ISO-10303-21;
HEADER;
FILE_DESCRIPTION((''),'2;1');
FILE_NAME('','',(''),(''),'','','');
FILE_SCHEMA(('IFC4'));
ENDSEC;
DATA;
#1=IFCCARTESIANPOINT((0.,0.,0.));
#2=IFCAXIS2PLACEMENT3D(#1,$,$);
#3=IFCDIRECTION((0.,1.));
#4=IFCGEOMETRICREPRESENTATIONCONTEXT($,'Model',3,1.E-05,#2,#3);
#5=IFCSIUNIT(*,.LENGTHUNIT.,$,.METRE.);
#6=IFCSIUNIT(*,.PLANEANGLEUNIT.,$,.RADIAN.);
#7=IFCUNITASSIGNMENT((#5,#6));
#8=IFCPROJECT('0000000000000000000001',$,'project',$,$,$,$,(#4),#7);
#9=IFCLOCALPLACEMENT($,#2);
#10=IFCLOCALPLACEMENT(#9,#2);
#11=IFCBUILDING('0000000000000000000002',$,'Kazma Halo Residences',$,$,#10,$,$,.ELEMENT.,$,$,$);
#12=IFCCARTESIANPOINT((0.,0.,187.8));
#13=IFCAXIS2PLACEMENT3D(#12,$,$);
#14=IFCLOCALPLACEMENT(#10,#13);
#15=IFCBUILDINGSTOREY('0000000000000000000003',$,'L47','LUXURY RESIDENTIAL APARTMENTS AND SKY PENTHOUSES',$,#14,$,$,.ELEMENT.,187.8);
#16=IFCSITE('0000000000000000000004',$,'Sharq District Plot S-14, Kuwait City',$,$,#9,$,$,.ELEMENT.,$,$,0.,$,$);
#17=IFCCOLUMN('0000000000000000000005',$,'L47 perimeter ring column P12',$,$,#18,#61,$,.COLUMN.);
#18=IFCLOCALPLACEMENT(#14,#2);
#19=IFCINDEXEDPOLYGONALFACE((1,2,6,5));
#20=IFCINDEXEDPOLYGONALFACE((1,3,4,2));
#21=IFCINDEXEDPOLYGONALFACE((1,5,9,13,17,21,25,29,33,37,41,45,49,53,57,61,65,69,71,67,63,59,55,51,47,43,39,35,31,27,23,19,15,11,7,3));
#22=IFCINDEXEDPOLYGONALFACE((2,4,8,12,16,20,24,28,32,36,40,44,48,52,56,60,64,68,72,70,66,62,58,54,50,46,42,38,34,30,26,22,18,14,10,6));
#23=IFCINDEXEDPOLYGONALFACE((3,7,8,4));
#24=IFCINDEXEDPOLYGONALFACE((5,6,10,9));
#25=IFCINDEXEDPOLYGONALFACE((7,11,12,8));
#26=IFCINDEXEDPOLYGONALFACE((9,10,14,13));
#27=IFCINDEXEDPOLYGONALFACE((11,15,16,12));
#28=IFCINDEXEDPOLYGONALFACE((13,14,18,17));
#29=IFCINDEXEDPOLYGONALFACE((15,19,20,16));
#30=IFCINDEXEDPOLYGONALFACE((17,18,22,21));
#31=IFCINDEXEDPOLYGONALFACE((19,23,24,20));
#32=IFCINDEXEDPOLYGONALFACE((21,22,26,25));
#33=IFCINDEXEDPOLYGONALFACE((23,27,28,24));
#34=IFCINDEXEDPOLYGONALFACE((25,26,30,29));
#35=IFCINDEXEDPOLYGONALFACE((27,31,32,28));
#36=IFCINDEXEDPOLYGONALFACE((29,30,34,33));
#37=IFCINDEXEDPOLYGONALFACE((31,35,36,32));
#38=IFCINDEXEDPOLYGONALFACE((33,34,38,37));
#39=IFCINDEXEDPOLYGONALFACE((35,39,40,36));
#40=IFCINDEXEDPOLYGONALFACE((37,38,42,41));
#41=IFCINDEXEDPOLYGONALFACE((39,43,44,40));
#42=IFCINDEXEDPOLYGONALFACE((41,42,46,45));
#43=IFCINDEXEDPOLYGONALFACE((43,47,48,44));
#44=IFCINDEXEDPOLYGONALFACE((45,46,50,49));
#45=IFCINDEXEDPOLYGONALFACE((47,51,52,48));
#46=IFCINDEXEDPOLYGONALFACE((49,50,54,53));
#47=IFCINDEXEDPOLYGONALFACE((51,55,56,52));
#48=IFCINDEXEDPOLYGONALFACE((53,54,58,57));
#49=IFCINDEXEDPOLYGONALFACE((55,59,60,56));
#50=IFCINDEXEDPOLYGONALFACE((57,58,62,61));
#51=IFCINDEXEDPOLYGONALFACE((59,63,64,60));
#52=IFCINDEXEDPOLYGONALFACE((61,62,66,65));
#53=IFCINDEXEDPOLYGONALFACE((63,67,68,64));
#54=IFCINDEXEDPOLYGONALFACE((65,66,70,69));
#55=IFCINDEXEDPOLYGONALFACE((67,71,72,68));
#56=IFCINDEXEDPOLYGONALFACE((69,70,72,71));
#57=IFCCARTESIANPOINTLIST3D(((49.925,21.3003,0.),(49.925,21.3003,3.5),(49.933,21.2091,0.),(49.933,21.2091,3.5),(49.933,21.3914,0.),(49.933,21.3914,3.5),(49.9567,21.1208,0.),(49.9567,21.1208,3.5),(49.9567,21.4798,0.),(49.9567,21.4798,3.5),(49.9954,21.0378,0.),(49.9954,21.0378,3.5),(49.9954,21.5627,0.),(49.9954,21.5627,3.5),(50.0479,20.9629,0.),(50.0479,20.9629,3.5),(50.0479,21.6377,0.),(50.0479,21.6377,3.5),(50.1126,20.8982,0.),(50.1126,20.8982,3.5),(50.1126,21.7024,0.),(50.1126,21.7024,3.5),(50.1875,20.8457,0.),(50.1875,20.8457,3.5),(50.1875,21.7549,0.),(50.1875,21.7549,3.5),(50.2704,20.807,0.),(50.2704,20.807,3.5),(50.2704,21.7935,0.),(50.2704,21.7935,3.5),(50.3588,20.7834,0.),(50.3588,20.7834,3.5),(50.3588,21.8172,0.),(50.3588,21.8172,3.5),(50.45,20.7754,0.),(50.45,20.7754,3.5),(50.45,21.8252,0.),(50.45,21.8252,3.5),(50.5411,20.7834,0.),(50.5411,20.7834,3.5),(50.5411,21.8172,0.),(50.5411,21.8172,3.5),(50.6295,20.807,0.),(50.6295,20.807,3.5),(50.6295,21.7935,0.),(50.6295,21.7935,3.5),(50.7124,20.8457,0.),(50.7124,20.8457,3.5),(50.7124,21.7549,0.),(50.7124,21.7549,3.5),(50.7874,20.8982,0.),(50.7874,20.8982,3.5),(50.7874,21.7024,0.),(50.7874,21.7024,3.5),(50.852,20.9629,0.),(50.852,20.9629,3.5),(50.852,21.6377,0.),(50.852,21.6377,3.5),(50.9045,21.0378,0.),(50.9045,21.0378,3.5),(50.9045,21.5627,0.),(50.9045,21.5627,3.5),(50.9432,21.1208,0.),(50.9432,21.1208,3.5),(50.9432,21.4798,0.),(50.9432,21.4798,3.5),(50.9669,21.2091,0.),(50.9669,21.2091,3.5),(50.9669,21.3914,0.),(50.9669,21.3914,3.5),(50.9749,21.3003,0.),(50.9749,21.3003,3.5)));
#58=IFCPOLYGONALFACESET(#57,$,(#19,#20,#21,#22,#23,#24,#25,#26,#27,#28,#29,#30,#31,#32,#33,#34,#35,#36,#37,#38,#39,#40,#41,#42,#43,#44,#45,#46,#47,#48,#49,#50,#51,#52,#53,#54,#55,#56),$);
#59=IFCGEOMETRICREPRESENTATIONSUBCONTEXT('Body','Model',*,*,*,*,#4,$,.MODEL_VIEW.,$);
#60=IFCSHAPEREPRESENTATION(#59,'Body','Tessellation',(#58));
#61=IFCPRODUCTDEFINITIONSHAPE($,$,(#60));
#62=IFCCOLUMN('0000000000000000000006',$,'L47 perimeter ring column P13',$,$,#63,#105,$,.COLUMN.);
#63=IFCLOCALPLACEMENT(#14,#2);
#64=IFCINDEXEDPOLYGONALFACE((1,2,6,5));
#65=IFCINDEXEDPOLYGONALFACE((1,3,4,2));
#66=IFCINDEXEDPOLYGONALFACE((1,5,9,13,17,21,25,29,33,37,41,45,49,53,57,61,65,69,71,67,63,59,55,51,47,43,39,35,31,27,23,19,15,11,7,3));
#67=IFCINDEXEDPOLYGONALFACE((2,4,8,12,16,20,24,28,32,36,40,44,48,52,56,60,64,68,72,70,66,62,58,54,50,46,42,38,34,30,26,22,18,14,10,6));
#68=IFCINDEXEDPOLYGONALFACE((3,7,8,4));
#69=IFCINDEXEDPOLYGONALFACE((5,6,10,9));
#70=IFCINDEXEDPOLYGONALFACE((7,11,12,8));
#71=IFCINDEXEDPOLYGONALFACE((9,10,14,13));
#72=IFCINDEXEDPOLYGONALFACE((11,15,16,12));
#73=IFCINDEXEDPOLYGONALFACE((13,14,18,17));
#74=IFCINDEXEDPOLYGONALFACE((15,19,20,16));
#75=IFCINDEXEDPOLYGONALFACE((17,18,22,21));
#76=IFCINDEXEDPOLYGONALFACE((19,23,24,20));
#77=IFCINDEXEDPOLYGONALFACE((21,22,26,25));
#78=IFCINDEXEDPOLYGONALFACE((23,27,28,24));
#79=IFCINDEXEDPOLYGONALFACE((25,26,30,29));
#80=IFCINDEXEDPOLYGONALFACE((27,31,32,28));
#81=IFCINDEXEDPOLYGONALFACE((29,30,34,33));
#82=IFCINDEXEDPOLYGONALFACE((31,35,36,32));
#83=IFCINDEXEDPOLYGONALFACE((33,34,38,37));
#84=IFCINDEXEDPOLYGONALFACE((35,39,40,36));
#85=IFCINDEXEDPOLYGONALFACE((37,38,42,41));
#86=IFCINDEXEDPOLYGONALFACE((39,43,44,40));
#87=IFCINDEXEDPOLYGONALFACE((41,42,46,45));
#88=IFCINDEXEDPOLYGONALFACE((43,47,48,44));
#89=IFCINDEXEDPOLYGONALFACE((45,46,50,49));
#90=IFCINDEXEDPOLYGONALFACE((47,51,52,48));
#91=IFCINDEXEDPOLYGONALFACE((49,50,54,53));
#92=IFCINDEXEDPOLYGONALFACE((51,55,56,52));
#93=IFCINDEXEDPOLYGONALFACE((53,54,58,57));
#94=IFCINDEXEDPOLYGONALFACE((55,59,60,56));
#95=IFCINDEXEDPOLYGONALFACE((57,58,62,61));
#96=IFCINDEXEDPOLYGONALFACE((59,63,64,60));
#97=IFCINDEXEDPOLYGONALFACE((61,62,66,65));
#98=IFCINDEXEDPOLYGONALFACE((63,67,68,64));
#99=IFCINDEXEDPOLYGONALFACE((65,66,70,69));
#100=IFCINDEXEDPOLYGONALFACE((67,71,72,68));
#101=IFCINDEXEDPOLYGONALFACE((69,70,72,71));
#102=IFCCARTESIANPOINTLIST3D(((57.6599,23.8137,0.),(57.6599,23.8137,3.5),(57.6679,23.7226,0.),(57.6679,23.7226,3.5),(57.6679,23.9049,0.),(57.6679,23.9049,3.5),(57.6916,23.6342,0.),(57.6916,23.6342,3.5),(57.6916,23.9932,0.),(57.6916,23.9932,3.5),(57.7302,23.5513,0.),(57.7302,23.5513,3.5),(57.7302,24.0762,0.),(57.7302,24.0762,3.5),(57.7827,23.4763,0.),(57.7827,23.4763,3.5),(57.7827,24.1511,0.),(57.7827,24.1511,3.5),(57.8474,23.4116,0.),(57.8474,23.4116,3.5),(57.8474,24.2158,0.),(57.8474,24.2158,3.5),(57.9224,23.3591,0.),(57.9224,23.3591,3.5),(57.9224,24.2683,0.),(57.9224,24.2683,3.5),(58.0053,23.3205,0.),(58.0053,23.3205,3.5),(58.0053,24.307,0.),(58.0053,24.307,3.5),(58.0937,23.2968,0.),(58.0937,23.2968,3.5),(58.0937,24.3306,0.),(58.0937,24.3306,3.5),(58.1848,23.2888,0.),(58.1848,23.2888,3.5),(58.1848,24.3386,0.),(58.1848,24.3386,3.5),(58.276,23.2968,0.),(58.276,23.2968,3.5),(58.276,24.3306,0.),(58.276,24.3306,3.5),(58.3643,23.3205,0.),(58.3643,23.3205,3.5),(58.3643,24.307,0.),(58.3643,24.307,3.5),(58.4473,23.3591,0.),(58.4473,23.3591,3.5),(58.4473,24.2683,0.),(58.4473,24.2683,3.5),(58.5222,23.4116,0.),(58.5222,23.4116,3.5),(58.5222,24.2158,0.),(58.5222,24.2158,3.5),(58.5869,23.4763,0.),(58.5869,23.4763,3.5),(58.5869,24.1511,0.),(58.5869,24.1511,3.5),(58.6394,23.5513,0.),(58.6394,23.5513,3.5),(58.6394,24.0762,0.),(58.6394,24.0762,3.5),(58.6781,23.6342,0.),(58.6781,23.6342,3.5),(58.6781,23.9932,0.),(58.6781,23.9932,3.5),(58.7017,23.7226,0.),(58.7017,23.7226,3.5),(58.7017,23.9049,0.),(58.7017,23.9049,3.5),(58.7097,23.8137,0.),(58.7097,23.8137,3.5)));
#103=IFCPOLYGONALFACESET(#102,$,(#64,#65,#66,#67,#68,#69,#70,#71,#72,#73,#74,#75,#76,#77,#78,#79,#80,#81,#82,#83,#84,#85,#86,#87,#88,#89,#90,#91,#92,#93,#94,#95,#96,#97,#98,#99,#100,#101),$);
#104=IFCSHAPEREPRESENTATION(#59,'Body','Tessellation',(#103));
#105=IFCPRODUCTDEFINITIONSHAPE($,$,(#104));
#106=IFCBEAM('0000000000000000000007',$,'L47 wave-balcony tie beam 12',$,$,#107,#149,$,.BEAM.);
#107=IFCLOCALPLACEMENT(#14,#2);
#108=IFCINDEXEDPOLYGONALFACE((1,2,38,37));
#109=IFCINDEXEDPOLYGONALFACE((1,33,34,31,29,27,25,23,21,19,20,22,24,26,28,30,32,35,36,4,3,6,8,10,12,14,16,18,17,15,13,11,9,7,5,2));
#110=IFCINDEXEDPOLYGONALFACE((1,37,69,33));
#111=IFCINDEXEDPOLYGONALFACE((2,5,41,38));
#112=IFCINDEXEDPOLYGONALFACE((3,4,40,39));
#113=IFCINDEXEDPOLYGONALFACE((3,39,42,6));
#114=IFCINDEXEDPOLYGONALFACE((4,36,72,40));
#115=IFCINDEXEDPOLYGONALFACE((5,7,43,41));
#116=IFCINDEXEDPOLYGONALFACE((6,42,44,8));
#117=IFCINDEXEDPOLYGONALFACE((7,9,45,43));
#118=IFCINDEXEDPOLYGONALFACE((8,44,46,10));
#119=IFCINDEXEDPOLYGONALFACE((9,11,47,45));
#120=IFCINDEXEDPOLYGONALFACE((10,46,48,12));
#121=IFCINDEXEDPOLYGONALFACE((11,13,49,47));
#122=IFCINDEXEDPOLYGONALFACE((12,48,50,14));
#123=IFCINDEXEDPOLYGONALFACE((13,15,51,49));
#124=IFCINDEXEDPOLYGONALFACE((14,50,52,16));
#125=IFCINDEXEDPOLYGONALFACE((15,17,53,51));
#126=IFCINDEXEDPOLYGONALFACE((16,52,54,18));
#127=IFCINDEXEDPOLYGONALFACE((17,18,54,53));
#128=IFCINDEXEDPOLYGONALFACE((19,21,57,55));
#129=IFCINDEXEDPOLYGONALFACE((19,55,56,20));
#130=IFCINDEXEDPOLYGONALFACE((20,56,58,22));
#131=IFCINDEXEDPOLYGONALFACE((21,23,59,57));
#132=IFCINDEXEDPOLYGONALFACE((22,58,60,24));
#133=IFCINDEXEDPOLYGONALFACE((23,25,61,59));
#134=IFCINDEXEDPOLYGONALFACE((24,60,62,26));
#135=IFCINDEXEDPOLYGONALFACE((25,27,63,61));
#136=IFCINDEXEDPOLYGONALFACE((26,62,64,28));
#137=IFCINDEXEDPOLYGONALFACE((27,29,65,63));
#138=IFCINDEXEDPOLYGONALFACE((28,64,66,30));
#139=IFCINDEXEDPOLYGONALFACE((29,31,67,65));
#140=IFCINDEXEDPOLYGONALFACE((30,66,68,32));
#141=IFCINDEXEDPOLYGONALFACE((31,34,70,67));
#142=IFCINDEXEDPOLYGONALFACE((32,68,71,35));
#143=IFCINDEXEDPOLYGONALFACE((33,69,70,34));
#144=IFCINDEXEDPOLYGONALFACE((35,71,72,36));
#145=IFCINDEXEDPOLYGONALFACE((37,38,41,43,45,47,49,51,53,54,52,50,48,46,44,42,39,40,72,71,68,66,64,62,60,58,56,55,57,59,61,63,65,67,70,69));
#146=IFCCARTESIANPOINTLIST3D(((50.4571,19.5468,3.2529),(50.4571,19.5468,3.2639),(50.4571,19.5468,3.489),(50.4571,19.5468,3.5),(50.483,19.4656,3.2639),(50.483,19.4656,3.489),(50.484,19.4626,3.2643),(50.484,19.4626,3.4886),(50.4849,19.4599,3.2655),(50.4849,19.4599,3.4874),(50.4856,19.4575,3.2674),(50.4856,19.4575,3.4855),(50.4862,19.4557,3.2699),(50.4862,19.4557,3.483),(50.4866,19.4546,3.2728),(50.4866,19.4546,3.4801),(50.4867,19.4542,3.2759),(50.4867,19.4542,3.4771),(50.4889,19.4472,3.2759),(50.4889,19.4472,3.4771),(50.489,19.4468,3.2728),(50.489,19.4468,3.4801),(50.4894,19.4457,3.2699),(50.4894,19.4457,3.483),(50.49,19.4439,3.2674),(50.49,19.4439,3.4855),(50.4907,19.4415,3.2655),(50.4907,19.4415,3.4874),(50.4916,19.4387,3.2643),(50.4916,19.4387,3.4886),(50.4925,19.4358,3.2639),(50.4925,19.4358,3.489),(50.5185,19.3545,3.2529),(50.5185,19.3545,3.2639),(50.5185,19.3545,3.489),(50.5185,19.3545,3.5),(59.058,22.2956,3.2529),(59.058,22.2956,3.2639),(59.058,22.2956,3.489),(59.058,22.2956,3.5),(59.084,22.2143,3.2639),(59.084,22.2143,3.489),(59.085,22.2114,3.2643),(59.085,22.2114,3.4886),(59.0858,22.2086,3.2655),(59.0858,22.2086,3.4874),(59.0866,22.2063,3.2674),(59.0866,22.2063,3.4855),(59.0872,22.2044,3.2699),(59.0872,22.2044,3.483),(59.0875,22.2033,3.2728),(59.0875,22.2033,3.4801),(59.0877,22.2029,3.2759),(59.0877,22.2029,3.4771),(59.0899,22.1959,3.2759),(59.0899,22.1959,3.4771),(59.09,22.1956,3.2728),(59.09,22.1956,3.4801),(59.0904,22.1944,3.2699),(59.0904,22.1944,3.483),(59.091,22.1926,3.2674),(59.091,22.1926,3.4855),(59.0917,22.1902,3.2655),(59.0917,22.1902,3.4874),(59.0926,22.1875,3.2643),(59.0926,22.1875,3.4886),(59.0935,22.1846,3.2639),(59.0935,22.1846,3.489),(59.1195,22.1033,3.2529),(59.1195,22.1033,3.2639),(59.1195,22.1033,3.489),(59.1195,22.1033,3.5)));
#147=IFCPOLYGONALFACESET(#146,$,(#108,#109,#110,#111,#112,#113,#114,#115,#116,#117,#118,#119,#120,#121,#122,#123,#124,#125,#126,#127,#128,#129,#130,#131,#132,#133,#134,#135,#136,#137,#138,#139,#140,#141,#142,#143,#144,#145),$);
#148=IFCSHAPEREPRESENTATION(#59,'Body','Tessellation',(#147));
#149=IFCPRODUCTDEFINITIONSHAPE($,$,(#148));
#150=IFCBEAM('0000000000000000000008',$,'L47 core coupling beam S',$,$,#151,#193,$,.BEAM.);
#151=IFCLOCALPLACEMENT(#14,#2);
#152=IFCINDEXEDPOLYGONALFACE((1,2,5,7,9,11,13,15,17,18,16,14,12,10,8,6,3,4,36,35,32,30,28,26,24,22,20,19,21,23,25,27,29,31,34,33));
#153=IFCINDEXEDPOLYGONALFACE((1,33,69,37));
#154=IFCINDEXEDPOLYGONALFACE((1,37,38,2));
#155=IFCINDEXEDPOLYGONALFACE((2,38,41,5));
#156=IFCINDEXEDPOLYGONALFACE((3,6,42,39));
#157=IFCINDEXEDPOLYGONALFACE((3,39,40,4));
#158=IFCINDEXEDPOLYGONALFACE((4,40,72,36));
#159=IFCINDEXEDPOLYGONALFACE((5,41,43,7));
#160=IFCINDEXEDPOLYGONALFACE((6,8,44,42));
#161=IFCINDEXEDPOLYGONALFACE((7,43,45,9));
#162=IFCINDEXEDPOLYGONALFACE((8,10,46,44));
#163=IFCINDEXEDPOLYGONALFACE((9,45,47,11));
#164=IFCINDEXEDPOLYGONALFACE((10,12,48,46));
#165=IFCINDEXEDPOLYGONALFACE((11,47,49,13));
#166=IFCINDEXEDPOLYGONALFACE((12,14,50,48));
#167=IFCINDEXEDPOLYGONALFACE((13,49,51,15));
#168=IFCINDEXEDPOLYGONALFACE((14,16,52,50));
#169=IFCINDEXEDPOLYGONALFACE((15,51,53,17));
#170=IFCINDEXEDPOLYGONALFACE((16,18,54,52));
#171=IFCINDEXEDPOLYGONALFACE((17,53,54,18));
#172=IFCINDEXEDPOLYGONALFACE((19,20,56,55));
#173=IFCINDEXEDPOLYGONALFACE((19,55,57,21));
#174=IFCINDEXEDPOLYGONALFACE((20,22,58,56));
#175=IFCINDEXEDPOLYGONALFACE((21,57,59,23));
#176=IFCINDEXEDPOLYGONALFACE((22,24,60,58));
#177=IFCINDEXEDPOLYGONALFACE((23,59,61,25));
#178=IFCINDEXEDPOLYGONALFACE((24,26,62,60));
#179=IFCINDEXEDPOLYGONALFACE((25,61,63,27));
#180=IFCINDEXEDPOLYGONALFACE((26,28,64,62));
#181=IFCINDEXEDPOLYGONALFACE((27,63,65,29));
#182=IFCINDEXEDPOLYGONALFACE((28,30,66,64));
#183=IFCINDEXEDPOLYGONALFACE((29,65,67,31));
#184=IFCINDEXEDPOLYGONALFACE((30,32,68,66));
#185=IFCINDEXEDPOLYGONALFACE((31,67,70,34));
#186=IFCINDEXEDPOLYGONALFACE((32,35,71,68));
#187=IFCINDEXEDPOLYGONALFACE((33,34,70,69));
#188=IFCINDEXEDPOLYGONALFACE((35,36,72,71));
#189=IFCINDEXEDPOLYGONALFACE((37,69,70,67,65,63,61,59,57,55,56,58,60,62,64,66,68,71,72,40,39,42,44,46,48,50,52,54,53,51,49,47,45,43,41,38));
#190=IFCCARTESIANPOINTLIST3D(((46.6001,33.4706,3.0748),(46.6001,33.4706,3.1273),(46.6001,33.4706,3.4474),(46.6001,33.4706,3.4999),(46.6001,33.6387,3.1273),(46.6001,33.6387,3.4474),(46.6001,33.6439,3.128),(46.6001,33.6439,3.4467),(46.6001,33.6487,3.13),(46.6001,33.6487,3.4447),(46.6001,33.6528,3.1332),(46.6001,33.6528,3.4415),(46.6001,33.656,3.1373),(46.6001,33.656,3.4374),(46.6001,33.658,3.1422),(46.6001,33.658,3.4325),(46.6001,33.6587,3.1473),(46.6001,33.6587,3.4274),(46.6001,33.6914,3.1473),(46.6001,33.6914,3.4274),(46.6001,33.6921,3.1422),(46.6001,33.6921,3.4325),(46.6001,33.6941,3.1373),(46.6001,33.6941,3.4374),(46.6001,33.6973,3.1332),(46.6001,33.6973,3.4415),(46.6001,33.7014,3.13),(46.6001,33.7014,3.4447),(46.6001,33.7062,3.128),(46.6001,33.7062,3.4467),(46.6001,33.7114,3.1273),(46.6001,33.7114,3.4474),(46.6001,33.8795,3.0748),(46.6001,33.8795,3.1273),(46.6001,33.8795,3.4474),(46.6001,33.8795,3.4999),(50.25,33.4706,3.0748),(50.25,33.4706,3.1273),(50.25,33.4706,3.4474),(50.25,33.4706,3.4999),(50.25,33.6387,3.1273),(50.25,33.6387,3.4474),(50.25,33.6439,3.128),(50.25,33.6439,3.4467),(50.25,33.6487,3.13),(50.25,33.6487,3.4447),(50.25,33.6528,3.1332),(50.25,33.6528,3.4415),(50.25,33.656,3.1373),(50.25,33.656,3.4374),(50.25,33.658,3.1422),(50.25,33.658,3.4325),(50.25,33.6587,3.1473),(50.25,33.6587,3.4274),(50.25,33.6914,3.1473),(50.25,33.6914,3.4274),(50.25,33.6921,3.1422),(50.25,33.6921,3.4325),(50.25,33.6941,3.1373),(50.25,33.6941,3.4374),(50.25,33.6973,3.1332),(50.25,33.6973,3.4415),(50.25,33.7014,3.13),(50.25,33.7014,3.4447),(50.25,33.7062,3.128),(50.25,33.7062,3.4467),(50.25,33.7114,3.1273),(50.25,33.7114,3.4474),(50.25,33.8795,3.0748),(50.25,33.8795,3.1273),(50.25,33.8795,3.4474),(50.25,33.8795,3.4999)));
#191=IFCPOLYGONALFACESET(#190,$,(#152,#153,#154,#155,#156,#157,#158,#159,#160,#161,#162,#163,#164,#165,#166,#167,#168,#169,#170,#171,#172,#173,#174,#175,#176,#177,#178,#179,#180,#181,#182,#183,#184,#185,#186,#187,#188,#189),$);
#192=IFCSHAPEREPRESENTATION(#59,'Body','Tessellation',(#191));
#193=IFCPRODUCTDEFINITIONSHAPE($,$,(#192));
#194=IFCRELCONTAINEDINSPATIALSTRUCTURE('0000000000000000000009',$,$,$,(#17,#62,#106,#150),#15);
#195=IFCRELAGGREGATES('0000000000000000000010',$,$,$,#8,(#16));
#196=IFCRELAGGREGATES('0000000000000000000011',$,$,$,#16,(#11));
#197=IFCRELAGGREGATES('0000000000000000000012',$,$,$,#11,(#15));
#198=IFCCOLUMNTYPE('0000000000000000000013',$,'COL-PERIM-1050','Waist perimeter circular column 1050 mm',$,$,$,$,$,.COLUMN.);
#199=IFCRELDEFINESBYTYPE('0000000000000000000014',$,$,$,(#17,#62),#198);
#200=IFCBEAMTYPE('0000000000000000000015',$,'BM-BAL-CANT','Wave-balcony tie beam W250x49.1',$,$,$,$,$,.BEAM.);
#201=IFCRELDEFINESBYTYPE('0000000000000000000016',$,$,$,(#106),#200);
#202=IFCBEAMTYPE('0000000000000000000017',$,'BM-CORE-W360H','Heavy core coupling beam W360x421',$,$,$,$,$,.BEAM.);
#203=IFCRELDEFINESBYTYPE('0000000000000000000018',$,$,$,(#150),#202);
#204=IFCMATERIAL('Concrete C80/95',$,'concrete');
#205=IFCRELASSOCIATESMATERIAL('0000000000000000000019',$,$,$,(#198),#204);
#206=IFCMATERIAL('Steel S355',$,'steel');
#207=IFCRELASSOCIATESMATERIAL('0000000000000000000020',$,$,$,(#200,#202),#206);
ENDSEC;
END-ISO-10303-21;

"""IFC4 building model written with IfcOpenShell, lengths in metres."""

from ifc_helpers import new_model, si_unit, direction, frame, origin, origin_2d, place, context, subcontext, project, spatial, circle, i_section, extrude, material, material_profile, profile_set, type_object, element, save


model = new_model("IFC4")

# Units and contexts
model_context = context("Model", 3, precision=1e-05, world=origin(), true_north=direction((0.0, 1.0)))
body_context = subcontext(model_context, "Body", "Model", "MODEL_VIEW")
ifc_project = project(units=[si_unit("LENGTHUNIT", "METRE"), si_unit("PLANEANGLEUNIT", "RADIAN")], contexts=[model_context])

# Site, building, storey
site_placement = place(None, origin())
site = spatial("IfcSite", under=ifc_project, at=site_placement, Name="Sharq District Plot S-14, Kuwait City", CompositionType="ELEMENT", RefElevation=0.0)
building_placement = place(site_placement, origin())
building = spatial("IfcBuilding", under=site, at=building_placement, Name="Kazma Halo Residences", CompositionType="ELEMENT")
storey_placement = place(building_placement, frame((0.0, 0.0, 187.8)))
storey = spatial("IfcBuildingStorey", under=building, at=storey_placement, Name="L47", Description="LUXURY RESIDENTIAL APARTMENTS AND SKY PENTHOUSES", CompositionType="ELEMENT", Elevation=187.8)

# Columns
ifc_material_1 = material(Name="Concrete C80/95", Category="concrete")
ifc_material_profile_1 = material_profile(ifc_material_1, circle(Radius=0.5249, at=origin_2d()), Name="CIRC1050")
ifc_profile_set_1 = profile_set([ifc_material_profile_1], Name="Concrete C80/95")
column_type = type_object("IfcColumnType", Name="COL-PERIM-1050", Description="Waist perimeter circular column 1050 mm", PredefinedType="COLUMN", material=ifc_profile_set_1)
for number, where, z_axis, x_axis, name in (
    (1, (50.45, 21.3003, 0.0), (0.0, 0.0, 1.0), (1.0, 0.0, 0.0), "L47 perimeter ring column P12"),
    (2, (58.1848, 23.8137, 0.0), (0.0, 0.0, 1.0), (1.0, 0.0, 0.0), "L47 perimeter ring column P13"),
):
    element("IfcColumn", number, at=place(storey_placement, frame(where, z_axis=z_axis, x_axis=x_axis)), inside=storey, type_object=column_type, Name=name, PredefinedType="COLUMN", context=body_context, shape_type="SweptSolid", body=[
        extrude(circle(Radius=0.5249, at=origin_2d()), origin(), (0.0, 0.0, 1.0), 3.5),
    ])

# Beams
ifc_material_2 = material(Name="Steel S355", Category="steel")
ifc_material_profile_2 = material_profile(ifc_material_2, i_section(OverallWidth=0.2019, OverallDepth=0.2471, WebThickness=0.0073, FlangeThickness=0.011, FilletRadius=0.012, at=origin_2d()), Name="W250x49.1")
ifc_profile_set_2 = profile_set([ifc_material_profile_2], Name="Steel S355")
beam_type_1 = type_object("IfcBeamType", Name="BM-BAL-CANT", Description="Wave-balcony tie beam W250x49.1", PredefinedType="BEAM", material=ifc_profile_set_2)
beam_1_placement = place(storey_placement, frame((50.4878, 19.4507, 3.3765), z_axis=(0.952539, 0.304418, 0.0), x_axis=(-0.304418, 0.952539, 0.0)))
element("IfcBeam", 3, at=beam_1_placement, inside=storey, type_object=beam_type_1, Name="L47 wave-balcony tie beam 12", PredefinedType="BEAM", context=body_context, shape_type="SweptSolid", body=[
    extrude(i_section(OverallWidth=0.2019, OverallDepth=0.2471, WebThickness=0.0073, FlangeThickness=0.011, FilletRadius=0.012, at=origin_2d()), origin(), (0.0, 0.0, 1.0), 9.0295),
])
ifc_material_profile_3 = material_profile(ifc_material_2, i_section(OverallWidth=0.4089, OverallDepth=0.425, WebThickness=0.0327, FlangeThickness=0.0525, FilletRadius=0.02, at=origin_2d()), Name="W360x421")
ifc_profile_set_3 = profile_set([ifc_material_profile_3], Name="Steel S355")
beam_type_2 = type_object("IfcBeamType", Name="BM-CORE-W360H", Description="Heavy core coupling beam W360x421", PredefinedType="BEAM", material=ifc_profile_set_3)
beam_2_placement = place(storey_placement, frame((46.6001, 33.675, 3.2874), z_axis=(1.0, 0.0, 0.0), x_axis=(0.0, 1.0, 0.0)))
element("IfcBeam", 4, at=beam_2_placement, inside=storey, type_object=beam_type_2, Name="L47 core coupling beam S", PredefinedType="BEAM", context=body_context, shape_type="SweptSolid", body=[
    extrude(i_section(OverallWidth=0.4089, OverallDepth=0.425, WebThickness=0.0327, FlangeThickness=0.0525, FilletRadius=0.02, at=origin_2d()), origin(), (0.0, 0.0, 1.0), 3.6499),
])

save(model, "model.ifc")
